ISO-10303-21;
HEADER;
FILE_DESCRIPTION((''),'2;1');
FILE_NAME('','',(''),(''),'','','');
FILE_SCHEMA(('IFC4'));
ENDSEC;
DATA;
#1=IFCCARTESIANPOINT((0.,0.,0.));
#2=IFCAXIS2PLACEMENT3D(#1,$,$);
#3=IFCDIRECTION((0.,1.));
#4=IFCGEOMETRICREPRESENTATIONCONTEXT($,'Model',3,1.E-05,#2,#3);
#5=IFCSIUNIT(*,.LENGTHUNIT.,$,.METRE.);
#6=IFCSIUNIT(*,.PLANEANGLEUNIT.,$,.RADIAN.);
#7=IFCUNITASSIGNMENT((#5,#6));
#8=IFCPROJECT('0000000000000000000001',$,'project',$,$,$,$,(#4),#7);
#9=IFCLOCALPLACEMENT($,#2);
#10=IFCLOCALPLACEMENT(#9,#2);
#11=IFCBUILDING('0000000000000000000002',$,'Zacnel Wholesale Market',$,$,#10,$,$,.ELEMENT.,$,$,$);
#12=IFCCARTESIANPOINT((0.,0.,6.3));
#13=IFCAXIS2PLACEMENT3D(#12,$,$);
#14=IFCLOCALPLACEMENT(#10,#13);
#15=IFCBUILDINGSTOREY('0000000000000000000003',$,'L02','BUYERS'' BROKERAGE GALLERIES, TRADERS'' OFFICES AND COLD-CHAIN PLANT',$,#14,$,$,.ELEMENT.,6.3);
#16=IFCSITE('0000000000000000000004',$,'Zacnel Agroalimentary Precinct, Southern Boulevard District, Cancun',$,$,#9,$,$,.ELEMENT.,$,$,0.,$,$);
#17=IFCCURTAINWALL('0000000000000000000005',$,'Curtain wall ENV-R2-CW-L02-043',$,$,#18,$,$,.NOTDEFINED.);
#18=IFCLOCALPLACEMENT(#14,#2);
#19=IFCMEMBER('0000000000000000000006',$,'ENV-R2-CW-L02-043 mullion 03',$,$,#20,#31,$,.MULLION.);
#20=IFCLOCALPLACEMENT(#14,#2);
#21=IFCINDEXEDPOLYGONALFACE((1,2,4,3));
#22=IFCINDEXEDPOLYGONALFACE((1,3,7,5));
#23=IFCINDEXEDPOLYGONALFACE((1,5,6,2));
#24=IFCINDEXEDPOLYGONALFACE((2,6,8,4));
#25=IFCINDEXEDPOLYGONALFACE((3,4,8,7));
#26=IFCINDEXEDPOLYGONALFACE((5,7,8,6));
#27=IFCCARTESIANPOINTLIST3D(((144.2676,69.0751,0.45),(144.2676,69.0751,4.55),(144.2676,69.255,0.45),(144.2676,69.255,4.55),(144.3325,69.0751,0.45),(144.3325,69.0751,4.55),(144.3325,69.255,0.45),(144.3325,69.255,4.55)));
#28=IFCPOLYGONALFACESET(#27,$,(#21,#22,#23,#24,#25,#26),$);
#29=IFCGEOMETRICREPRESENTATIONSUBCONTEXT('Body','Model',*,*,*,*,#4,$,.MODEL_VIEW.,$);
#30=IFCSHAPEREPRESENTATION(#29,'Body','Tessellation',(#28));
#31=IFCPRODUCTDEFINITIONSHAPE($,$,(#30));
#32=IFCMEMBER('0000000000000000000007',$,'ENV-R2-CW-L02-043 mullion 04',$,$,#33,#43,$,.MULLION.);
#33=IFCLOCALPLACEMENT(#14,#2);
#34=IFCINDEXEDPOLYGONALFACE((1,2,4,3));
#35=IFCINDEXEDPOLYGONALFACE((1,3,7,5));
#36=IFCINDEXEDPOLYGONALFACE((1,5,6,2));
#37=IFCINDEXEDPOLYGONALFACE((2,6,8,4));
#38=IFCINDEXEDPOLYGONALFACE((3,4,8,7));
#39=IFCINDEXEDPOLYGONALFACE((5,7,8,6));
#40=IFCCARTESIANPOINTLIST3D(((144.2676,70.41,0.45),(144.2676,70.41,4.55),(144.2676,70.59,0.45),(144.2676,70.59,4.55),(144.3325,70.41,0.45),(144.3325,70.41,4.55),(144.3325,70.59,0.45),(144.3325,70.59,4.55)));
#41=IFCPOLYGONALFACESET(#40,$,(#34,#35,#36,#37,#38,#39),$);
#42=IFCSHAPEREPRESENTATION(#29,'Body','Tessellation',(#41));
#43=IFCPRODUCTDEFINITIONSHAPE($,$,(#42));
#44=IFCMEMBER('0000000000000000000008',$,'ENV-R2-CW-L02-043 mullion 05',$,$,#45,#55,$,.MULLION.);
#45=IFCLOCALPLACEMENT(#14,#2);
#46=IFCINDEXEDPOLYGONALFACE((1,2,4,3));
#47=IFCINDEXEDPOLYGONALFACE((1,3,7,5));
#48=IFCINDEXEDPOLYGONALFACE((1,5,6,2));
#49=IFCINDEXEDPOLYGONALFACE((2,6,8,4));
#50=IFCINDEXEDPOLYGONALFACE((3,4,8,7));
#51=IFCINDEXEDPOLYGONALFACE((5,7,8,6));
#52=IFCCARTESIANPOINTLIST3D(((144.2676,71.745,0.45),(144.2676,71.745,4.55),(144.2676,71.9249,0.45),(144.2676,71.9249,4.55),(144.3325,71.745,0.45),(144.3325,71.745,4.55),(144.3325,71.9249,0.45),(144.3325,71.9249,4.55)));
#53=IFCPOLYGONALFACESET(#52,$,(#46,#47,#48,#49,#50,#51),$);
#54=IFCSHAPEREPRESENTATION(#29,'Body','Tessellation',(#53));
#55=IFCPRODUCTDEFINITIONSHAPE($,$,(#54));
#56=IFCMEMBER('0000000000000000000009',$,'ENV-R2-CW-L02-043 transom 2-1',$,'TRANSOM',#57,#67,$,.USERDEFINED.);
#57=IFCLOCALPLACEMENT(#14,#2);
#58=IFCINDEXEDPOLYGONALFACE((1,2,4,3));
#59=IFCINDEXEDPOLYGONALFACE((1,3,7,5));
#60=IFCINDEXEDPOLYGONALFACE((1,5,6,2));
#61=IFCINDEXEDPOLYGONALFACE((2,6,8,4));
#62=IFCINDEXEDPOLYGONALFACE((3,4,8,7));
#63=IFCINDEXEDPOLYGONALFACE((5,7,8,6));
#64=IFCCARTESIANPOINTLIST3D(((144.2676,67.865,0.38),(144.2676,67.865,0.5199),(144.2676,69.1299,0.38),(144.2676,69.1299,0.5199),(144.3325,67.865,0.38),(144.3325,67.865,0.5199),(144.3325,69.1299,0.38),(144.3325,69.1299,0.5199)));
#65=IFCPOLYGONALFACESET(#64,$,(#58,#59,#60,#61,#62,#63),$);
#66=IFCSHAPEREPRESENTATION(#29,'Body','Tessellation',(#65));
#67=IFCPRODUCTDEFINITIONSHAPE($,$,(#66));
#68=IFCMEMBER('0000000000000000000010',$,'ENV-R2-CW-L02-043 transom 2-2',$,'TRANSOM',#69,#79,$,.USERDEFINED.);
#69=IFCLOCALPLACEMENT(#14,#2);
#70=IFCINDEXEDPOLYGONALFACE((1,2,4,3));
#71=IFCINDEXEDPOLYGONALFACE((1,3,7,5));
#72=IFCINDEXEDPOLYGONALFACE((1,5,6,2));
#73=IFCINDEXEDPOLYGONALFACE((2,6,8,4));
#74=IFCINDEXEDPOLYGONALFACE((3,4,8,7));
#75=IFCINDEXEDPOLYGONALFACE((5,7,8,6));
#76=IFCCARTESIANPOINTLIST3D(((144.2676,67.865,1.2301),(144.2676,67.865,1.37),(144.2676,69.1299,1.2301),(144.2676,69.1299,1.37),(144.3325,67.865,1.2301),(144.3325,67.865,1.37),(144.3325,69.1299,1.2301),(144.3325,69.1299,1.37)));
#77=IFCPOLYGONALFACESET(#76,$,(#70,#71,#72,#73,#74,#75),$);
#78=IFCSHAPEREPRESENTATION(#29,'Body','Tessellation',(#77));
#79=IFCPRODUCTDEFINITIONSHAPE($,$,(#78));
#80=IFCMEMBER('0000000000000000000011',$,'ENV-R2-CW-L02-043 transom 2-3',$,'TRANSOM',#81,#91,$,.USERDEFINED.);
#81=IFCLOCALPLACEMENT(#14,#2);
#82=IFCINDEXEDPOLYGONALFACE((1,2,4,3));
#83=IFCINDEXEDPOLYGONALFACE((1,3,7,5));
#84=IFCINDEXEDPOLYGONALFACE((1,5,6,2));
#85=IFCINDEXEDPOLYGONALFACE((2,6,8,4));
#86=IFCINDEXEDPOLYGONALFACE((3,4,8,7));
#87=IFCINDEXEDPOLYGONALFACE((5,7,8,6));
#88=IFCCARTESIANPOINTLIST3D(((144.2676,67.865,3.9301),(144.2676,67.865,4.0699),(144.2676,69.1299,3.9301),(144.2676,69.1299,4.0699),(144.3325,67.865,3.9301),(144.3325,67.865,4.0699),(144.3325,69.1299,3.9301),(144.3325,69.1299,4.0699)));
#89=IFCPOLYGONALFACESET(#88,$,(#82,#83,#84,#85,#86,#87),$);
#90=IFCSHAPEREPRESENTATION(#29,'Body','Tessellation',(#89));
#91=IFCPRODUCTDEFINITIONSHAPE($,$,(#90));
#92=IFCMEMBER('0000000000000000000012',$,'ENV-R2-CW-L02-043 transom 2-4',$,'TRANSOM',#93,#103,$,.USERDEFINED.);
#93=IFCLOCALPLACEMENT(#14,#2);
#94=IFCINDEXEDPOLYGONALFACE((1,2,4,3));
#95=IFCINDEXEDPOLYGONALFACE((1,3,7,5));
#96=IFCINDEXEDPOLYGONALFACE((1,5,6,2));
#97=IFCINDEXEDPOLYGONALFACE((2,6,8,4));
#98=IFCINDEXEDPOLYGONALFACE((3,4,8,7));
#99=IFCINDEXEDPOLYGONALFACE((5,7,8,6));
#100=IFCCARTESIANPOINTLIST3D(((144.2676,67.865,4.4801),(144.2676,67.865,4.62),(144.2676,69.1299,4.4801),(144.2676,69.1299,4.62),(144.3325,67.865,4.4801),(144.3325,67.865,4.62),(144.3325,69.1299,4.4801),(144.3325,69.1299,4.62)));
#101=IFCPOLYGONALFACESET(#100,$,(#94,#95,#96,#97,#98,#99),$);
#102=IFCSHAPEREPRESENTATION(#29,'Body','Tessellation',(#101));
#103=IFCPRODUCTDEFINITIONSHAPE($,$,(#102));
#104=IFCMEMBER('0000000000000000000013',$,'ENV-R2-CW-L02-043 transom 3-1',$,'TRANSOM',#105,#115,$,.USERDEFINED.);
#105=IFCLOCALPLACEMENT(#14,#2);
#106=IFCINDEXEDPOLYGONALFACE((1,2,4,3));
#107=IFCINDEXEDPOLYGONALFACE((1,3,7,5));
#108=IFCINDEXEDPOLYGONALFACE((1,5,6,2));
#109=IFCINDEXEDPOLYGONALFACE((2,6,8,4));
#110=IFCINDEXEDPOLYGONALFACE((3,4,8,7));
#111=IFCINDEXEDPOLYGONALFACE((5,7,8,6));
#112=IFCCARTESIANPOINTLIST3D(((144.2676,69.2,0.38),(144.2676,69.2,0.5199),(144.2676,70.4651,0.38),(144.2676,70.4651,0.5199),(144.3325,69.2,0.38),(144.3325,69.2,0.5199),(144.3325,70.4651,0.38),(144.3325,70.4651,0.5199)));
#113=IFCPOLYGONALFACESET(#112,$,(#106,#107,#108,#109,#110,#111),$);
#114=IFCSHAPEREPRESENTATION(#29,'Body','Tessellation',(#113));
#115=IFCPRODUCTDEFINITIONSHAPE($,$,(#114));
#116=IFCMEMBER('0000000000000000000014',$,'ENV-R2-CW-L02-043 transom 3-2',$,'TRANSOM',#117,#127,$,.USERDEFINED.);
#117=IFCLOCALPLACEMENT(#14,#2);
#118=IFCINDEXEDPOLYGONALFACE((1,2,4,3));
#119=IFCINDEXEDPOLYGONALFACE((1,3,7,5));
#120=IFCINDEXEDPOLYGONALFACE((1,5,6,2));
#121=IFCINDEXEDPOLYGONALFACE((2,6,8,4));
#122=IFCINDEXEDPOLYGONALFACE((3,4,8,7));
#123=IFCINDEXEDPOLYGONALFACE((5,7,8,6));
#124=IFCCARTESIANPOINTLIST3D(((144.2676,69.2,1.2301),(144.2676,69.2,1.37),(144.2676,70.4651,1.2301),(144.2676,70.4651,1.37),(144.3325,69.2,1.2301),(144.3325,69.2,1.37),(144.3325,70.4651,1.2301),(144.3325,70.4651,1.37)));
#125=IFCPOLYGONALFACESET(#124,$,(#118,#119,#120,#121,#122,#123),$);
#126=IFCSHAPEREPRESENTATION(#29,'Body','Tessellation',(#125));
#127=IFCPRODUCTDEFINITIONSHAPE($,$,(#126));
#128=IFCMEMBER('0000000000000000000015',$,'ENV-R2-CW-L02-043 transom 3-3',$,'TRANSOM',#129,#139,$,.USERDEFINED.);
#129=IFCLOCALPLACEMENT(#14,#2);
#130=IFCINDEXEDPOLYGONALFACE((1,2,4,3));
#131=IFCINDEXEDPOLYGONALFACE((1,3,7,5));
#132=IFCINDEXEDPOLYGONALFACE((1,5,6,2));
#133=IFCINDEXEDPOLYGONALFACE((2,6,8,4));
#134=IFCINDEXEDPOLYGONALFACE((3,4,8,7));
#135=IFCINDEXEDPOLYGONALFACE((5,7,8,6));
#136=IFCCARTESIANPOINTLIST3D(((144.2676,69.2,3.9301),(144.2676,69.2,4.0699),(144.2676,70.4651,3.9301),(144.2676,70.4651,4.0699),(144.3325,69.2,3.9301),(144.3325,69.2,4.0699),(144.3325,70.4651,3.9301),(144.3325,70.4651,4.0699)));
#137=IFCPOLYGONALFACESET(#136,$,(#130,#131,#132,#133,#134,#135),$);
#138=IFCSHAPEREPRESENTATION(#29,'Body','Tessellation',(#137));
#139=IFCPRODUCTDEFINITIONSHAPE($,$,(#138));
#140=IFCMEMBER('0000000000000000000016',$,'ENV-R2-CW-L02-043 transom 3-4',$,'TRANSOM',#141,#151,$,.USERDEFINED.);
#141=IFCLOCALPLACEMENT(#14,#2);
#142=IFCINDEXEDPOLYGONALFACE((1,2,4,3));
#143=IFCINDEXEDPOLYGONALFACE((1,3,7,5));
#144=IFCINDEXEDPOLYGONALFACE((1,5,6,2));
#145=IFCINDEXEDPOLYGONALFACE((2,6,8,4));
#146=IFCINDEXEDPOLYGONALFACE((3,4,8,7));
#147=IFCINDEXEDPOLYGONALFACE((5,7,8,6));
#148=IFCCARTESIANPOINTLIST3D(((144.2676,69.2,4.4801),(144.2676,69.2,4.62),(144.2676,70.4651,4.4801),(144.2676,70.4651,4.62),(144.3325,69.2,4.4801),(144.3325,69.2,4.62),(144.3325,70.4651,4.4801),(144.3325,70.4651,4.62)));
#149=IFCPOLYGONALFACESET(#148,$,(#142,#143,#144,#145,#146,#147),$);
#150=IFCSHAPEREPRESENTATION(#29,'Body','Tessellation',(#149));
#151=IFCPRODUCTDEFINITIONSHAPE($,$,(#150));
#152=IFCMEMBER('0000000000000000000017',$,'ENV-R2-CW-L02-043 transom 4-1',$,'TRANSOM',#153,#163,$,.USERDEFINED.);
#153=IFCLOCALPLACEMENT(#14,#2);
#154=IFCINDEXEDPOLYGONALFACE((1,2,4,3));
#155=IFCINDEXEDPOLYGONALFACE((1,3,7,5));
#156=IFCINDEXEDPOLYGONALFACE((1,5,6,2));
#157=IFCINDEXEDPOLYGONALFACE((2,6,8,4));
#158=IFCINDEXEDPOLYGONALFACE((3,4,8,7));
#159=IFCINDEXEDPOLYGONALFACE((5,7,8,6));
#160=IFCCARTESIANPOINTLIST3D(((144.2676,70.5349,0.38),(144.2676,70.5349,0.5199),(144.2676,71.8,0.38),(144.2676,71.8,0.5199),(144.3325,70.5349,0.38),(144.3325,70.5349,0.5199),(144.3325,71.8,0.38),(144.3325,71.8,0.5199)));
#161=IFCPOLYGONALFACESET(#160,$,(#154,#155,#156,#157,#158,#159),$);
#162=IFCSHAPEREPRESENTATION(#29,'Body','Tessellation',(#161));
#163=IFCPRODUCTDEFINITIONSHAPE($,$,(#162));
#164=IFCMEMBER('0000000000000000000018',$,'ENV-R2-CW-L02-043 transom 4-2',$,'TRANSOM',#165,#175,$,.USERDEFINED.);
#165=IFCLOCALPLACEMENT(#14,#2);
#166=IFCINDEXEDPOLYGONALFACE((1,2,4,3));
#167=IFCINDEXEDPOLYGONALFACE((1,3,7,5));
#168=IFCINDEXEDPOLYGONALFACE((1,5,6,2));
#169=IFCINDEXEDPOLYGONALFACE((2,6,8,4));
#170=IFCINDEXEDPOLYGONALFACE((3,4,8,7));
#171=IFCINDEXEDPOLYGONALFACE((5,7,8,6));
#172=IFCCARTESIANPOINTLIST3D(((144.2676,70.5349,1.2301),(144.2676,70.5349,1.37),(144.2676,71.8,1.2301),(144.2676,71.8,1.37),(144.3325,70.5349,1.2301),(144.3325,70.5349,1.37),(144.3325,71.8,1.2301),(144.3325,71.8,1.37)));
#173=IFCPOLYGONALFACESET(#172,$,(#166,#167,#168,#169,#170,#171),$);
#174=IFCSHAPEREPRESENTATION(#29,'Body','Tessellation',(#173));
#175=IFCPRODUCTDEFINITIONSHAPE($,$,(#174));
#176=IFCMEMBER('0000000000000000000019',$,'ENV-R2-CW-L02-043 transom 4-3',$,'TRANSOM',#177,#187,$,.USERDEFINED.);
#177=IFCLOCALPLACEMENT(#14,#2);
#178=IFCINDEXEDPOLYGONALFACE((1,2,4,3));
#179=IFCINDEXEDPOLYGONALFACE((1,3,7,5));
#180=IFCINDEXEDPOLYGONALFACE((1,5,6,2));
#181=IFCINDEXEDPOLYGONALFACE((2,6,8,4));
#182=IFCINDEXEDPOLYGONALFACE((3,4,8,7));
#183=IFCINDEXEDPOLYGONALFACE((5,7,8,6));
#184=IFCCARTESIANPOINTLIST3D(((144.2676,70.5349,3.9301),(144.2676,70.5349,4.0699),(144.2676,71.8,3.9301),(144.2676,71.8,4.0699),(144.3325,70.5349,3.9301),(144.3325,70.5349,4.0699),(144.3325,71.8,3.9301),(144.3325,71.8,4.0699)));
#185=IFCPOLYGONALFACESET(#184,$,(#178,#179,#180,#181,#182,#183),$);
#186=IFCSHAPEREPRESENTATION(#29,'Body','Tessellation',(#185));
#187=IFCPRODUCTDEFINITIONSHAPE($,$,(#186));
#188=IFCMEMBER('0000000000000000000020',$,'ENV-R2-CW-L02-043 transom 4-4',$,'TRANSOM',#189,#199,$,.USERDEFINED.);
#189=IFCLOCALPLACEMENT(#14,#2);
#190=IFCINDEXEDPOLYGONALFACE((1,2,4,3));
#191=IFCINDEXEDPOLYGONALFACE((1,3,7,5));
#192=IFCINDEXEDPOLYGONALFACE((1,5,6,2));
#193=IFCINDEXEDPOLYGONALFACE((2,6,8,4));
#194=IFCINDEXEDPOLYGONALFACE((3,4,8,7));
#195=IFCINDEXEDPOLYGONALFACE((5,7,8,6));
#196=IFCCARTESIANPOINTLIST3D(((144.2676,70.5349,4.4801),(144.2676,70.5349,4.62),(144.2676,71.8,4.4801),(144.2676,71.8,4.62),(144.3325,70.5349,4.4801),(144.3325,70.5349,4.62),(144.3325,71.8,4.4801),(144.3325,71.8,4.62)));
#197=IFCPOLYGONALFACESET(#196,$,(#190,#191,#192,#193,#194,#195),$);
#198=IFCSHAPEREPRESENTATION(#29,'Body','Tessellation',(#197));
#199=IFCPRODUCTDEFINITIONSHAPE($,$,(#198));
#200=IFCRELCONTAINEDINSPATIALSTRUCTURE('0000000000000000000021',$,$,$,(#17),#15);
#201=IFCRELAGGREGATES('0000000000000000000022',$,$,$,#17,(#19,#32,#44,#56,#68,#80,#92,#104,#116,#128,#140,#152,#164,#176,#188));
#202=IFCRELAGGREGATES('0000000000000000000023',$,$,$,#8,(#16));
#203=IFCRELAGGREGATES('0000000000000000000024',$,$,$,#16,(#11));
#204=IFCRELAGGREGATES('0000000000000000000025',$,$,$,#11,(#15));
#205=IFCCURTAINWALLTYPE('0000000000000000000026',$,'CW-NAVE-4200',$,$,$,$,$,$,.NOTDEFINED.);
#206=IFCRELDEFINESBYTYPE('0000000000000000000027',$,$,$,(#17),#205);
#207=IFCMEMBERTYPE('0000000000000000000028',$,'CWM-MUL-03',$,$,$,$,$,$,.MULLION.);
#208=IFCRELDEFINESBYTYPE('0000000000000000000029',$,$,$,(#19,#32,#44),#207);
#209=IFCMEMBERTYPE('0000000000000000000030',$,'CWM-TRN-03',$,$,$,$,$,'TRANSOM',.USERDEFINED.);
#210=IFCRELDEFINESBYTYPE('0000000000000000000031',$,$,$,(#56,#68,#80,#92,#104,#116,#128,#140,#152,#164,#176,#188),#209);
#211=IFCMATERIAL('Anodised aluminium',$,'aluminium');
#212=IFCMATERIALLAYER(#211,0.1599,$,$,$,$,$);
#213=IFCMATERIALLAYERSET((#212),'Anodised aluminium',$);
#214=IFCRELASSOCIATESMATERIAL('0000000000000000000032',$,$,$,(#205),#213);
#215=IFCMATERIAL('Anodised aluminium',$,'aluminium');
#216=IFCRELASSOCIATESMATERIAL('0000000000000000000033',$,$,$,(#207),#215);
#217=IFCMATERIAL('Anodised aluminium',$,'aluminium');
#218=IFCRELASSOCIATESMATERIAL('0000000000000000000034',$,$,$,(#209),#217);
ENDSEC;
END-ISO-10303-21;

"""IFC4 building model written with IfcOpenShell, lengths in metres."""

from ifc_helpers import new_model, si_unit, direction, frame, origin, origin_2d, place, context, subcontext, project, spatial, rectangle, extrude, material, layer, layer_set, material_profile, profile_set, type_object, element, aggregate, save


model = new_model("IFC4")

# Units and contexts
model_context = context("Model", 3, precision=1e-05, world=origin(), true_north=direction((0.0, 1.0)))
body_context = subcontext(model_context, "Body", "Model", "MODEL_VIEW")
ifc_project = project(units=[si_unit("LENGTHUNIT", "METRE"), si_unit("PLANEANGLEUNIT", "RADIAN")], contexts=[model_context])

# Site, building, storey
site_placement = place(None, origin())
site = spatial("IfcSite", under=ifc_project, at=site_placement, Name="Zacnel Agroalimentary Precinct, Southern Boulevard District, Cancun", CompositionType="ELEMENT", RefElevation=0.0)
building_placement = place(site_placement, origin())
building = spatial("IfcBuilding", under=site, at=building_placement, Name="Zacnel Wholesale Market", CompositionType="ELEMENT")
storey_placement = place(building_placement, frame((0.0, 0.0, 6.3)))
storey = spatial("IfcBuildingStorey", under=building, at=storey_placement, Name="L02", Description="BUYERS' BROKERAGE GALLERIES, TRADERS' OFFICES AND COLD-CHAIN PLANT", CompositionType="ELEMENT", Elevation=6.3)

# Curtain wall, members
ifc_material_1 = material(Name="Anodised aluminium", Category="aluminium")
ifc_layer_1 = layer(ifc_material_1, 0.1599)
ifc_layer_set_1 = layer_set([ifc_layer_1], Name="Anodised aluminium")
curtain_wall_type = type_object("IfcCurtainWallType", Name="CW-NAVE-4200", PredefinedType="NOTDEFINED", material=ifc_layer_set_1)
curtain_wall_placement = place(storey_placement, origin())
curtain_wall = element("IfcCurtainWall", 1, at=curtain_wall_placement, inside=storey, type_object=curtain_wall_type, Name="Curtain wall ENV-R2-CW-L02-043", PredefinedType="NOTDEFINED")
ifc_material_2 = material(Name="Anodised aluminium", Category="aluminium")
ifc_material_profile_1 = material_profile(ifc_material_2, rectangle(XDim=0.0649, YDim=0.1799, at=origin_2d()), Name="AW-MULLION 65x180")
ifc_profile_set_1 = profile_set([ifc_material_profile_1], Name="Anodised aluminium")
member_type_1 = type_object("IfcMemberType", Name="CWM-MUL-03", PredefinedType="MULLION", material=ifc_profile_set_1)
member_1_placement = place(storey_placement, frame((144.3, 69.165, 0.45), z_axis=(0.0, 0.0, 1.0), x_axis=(1.0, 0.0, 0.0)))
member_1 = element("IfcMember", 2, at=member_1_placement, type_object=member_type_1, Name="ENV-R2-CW-L02-043 mullion 03", PredefinedType="MULLION", context=body_context, shape_type="SweptSolid", body=[
    extrude(rectangle(XDim=0.0649, YDim=0.1799, at=origin_2d()), origin(), (0.0, 0.0, 1.0), 4.1001),
])
member_2_placement = place(storey_placement, frame((144.3, 70.5, 0.45), z_axis=(0.0, 0.0, 1.0), x_axis=(1.0, 0.0, 0.0)))
member_2 = element("IfcMember", 3, at=member_2_placement, type_object=member_type_1, Name="ENV-R2-CW-L02-043 mullion 04", PredefinedType="MULLION", context=body_context, shape_type="SweptSolid", body=[
    extrude(rectangle(XDim=0.0649, YDim=0.1799, at=origin_2d()), origin(), (0.0, 0.0, 1.0), 4.1001),
])
member_3_placement = place(storey_placement, frame((144.3, 71.835, 0.45), z_axis=(0.0, 0.0, 1.0), x_axis=(1.0, 0.0, 0.0)))
member_3 = element("IfcMember", 4, at=member_3_placement, type_object=member_type_1, Name="ENV-R2-CW-L02-043 mullion 05", PredefinedType="MULLION", context=body_context, shape_type="SweptSolid", body=[
    extrude(rectangle(XDim=0.0649, YDim=0.1799, at=origin_2d()), origin(), (0.0, 0.0, 1.0), 4.1001),
])
ifc_material_3 = material(Name="Anodised aluminium", Category="aluminium")
ifc_material_profile_2 = material_profile(ifc_material_3, rectangle(XDim=0.0649, YDim=0.1399, at=origin_2d()), Name="AW-TRANSOM 65x140")
ifc_profile_set_2 = profile_set([ifc_material_profile_2], Name="Anodised aluminium")
member_type_2 = type_object("IfcMemberType", Name="CWM-TRN-03", ElementType="TRANSOM", PredefinedType="USERDEFINED", material=ifc_profile_set_2)
member_4_placement = place(storey_placement, frame((144.3, 67.865, 0.45), z_axis=(0.0, 1.0, 0.0), x_axis=(-1.0, 0.0, 0.0)))
member_4 = element("IfcMember", 5, at=member_4_placement, type_object=member_type_2, Name="ENV-R2-CW-L02-043 transom 2-1", ObjectType="TRANSOM", PredefinedType="USERDEFINED", context=body_context, shape_type="SweptSolid", body=[
    extrude(rectangle(XDim=0.0649, YDim=0.1399, at=origin_2d()), origin(), (0.0, 0.0, 1.0), 1.2649),
])
member_5_placement = place(storey_placement, frame((144.3, 67.865, 1.3), z_axis=(0.0, 1.0, 0.0), x_axis=(-1.0, 0.0, 0.0)))
member_5 = element("IfcMember", 6, at=member_5_placement, type_object=member_type_2, Name="ENV-R2-CW-L02-043 transom 2-2", ObjectType="TRANSOM", PredefinedType="USERDEFINED", context=body_context, shape_type="SweptSolid", body=[
    extrude(rectangle(XDim=0.0649, YDim=0.1399, at=origin_2d()), origin(), (0.0, 0.0, 1.0), 1.2649),
])
member_6_placement = place(storey_placement, frame((144.3, 67.865, 4.0), z_axis=(0.0, 1.0, 0.0), x_axis=(-1.0, 0.0, 0.0)))
member_6 = element("IfcMember", 7, at=member_6_placement, type_object=member_type_2, Name="ENV-R2-CW-L02-043 transom 2-3", ObjectType="TRANSOM", PredefinedType="USERDEFINED", context=body_context, shape_type="SweptSolid", body=[
    extrude(rectangle(XDim=0.0649, YDim=0.1399, at=origin_2d()), origin(), (0.0, 0.0, 1.0), 1.2649),
])
member_7_placement = place(storey_placement, frame((144.3, 67.865, 4.55), z_axis=(0.0, 1.0, 0.0), x_axis=(-1.0, 0.0, 0.0)))
member_7 = element("IfcMember", 8, at=member_7_placement, type_object=member_type_2, Name="ENV-R2-CW-L02-043 transom 2-4", ObjectType="TRANSOM", PredefinedType="USERDEFINED", context=body_context, shape_type="SweptSolid", body=[
    extrude(rectangle(XDim=0.0649, YDim=0.1399, at=origin_2d()), origin(), (0.0, 0.0, 1.0), 1.2649),
])
member_8_placement = place(storey_placement, frame((144.3, 69.2, 0.45), z_axis=(0.0, 1.0, 0.0), x_axis=(-1.0, 0.0, 0.0)))
member_8 = element("IfcMember", 9, at=member_8_placement, type_object=member_type_2, Name="ENV-R2-CW-L02-043 transom 3-1", ObjectType="TRANSOM", PredefinedType="USERDEFINED", context=body_context, shape_type="SweptSolid", body=[
    extrude(rectangle(XDim=0.0649, YDim=0.1399, at=origin_2d()), origin(), (0.0, 0.0, 1.0), 1.2651),
])
member_9_placement = place(storey_placement, frame((144.3, 69.2, 1.3), z_axis=(0.0, 1.0, 0.0), x_axis=(-1.0, 0.0, 0.0)))
member_9 = element("IfcMember", 10, at=member_9_placement, type_object=member_type_2, Name="ENV-R2-CW-L02-043 transom 3-2", ObjectType="TRANSOM", PredefinedType="USERDEFINED", context=body_context, shape_type="SweptSolid", body=[
    extrude(rectangle(XDim=0.0649, YDim=0.1399, at=origin_2d()), origin(), (0.0, 0.0, 1.0), 1.2651),
])
member_10_placement = place(storey_placement, frame((144.3, 69.2, 4.0), z_axis=(0.0, 1.0, 0.0), x_axis=(-1.0, 0.0, 0.0)))
member_10 = element("IfcMember", 11, at=member_10_placement, type_object=member_type_2, Name="ENV-R2-CW-L02-043 transom 3-3", ObjectType="TRANSOM", PredefinedType="USERDEFINED", context=body_context, shape_type="SweptSolid", body=[
    extrude(rectangle(XDim=0.0649, YDim=0.1399, at=origin_2d()), origin(), (0.0, 0.0, 1.0), 1.2651),
])
member_11_placement = place(storey_placement, frame((144.3, 69.2, 4.55), z_axis=(0.0, 1.0, 0.0), x_axis=(-1.0, 0.0, 0.0)))
member_11 = element("IfcMember", 12, at=member_11_placement, type_object=member_type_2, Name="ENV-R2-CW-L02-043 transom 3-4", ObjectType="TRANSOM", PredefinedType="USERDEFINED", context=body_context, shape_type="SweptSolid", body=[
    extrude(rectangle(XDim=0.0649, YDim=0.1399, at=origin_2d()), origin(), (0.0, 0.0, 1.0), 1.2651),
])
member_12_placement = place(storey_placement, frame((144.3, 70.5349, 0.45), z_axis=(0.0, 1.0, 0.0), x_axis=(-1.0, 0.0, 0.0)))
member_12 = element("IfcMember", 13, at=member_12_placement, type_object=member_type_2, Name="ENV-R2-CW-L02-043 transom 4-1", ObjectType="TRANSOM", PredefinedType="USERDEFINED", context=body_context, shape_type="SweptSolid", body=[
    extrude(rectangle(XDim=0.0649, YDim=0.1399, at=origin_2d()), origin(), (0.0, 0.0, 1.0), 1.2651),
])
member_13_placement = place(storey_placement, frame((144.3, 70.5349, 1.3), z_axis=(0.0, 1.0, 0.0), x_axis=(-1.0, 0.0, 0.0)))
member_13 = element("IfcMember", 14, at=member_13_placement, type_object=member_type_2, Name="ENV-R2-CW-L02-043 transom 4-2", ObjectType="TRANSOM", PredefinedType="USERDEFINED", context=body_context, shape_type="SweptSolid", body=[
    extrude(rectangle(XDim=0.0649, YDim=0.1399, at=origin_2d()), origin(), (0.0, 0.0, 1.0), 1.2651),
])
member_14_placement = place(storey_placement, frame((144.3, 70.5349, 4.0), z_axis=(0.0, 1.0, 0.0), x_axis=(-1.0, 0.0, 0.0)))
member_14 = element("IfcMember", 15, at=member_14_placement, type_object=member_type_2, Name="ENV-R2-CW-L02-043 transom 4-3", ObjectType="TRANSOM", PredefinedType="USERDEFINED", context=body_context, shape_type="SweptSolid", body=[
    extrude(rectangle(XDim=0.0649, YDim=0.1399, at=origin_2d()), origin(), (0.0, 0.0, 1.0), 1.2651),
])
member_15_placement = place(storey_placement, frame((144.3, 70.5349, 4.55), z_axis=(0.0, 1.0, 0.0), x_axis=(-1.0, 0.0, 0.0)))
member_15 = element("IfcMember", 16, at=member_15_placement, type_object=member_type_2, Name="ENV-R2-CW-L02-043 transom 4-4", ObjectType="TRANSOM", PredefinedType="USERDEFINED", context=body_context, shape_type="SweptSolid", body=[
    extrude(rectangle(XDim=0.0649, YDim=0.1399, at=origin_2d()), origin(), (0.0, 0.0, 1.0), 1.2651),
])
aggregate(curtain_wall, [member_1, member_2, member_3, member_4, member_5, member_6, member_7, member_8, member_9, member_10, member_11, member_12, member_13, member_14, member_15])

save(model, "model.ifc")
